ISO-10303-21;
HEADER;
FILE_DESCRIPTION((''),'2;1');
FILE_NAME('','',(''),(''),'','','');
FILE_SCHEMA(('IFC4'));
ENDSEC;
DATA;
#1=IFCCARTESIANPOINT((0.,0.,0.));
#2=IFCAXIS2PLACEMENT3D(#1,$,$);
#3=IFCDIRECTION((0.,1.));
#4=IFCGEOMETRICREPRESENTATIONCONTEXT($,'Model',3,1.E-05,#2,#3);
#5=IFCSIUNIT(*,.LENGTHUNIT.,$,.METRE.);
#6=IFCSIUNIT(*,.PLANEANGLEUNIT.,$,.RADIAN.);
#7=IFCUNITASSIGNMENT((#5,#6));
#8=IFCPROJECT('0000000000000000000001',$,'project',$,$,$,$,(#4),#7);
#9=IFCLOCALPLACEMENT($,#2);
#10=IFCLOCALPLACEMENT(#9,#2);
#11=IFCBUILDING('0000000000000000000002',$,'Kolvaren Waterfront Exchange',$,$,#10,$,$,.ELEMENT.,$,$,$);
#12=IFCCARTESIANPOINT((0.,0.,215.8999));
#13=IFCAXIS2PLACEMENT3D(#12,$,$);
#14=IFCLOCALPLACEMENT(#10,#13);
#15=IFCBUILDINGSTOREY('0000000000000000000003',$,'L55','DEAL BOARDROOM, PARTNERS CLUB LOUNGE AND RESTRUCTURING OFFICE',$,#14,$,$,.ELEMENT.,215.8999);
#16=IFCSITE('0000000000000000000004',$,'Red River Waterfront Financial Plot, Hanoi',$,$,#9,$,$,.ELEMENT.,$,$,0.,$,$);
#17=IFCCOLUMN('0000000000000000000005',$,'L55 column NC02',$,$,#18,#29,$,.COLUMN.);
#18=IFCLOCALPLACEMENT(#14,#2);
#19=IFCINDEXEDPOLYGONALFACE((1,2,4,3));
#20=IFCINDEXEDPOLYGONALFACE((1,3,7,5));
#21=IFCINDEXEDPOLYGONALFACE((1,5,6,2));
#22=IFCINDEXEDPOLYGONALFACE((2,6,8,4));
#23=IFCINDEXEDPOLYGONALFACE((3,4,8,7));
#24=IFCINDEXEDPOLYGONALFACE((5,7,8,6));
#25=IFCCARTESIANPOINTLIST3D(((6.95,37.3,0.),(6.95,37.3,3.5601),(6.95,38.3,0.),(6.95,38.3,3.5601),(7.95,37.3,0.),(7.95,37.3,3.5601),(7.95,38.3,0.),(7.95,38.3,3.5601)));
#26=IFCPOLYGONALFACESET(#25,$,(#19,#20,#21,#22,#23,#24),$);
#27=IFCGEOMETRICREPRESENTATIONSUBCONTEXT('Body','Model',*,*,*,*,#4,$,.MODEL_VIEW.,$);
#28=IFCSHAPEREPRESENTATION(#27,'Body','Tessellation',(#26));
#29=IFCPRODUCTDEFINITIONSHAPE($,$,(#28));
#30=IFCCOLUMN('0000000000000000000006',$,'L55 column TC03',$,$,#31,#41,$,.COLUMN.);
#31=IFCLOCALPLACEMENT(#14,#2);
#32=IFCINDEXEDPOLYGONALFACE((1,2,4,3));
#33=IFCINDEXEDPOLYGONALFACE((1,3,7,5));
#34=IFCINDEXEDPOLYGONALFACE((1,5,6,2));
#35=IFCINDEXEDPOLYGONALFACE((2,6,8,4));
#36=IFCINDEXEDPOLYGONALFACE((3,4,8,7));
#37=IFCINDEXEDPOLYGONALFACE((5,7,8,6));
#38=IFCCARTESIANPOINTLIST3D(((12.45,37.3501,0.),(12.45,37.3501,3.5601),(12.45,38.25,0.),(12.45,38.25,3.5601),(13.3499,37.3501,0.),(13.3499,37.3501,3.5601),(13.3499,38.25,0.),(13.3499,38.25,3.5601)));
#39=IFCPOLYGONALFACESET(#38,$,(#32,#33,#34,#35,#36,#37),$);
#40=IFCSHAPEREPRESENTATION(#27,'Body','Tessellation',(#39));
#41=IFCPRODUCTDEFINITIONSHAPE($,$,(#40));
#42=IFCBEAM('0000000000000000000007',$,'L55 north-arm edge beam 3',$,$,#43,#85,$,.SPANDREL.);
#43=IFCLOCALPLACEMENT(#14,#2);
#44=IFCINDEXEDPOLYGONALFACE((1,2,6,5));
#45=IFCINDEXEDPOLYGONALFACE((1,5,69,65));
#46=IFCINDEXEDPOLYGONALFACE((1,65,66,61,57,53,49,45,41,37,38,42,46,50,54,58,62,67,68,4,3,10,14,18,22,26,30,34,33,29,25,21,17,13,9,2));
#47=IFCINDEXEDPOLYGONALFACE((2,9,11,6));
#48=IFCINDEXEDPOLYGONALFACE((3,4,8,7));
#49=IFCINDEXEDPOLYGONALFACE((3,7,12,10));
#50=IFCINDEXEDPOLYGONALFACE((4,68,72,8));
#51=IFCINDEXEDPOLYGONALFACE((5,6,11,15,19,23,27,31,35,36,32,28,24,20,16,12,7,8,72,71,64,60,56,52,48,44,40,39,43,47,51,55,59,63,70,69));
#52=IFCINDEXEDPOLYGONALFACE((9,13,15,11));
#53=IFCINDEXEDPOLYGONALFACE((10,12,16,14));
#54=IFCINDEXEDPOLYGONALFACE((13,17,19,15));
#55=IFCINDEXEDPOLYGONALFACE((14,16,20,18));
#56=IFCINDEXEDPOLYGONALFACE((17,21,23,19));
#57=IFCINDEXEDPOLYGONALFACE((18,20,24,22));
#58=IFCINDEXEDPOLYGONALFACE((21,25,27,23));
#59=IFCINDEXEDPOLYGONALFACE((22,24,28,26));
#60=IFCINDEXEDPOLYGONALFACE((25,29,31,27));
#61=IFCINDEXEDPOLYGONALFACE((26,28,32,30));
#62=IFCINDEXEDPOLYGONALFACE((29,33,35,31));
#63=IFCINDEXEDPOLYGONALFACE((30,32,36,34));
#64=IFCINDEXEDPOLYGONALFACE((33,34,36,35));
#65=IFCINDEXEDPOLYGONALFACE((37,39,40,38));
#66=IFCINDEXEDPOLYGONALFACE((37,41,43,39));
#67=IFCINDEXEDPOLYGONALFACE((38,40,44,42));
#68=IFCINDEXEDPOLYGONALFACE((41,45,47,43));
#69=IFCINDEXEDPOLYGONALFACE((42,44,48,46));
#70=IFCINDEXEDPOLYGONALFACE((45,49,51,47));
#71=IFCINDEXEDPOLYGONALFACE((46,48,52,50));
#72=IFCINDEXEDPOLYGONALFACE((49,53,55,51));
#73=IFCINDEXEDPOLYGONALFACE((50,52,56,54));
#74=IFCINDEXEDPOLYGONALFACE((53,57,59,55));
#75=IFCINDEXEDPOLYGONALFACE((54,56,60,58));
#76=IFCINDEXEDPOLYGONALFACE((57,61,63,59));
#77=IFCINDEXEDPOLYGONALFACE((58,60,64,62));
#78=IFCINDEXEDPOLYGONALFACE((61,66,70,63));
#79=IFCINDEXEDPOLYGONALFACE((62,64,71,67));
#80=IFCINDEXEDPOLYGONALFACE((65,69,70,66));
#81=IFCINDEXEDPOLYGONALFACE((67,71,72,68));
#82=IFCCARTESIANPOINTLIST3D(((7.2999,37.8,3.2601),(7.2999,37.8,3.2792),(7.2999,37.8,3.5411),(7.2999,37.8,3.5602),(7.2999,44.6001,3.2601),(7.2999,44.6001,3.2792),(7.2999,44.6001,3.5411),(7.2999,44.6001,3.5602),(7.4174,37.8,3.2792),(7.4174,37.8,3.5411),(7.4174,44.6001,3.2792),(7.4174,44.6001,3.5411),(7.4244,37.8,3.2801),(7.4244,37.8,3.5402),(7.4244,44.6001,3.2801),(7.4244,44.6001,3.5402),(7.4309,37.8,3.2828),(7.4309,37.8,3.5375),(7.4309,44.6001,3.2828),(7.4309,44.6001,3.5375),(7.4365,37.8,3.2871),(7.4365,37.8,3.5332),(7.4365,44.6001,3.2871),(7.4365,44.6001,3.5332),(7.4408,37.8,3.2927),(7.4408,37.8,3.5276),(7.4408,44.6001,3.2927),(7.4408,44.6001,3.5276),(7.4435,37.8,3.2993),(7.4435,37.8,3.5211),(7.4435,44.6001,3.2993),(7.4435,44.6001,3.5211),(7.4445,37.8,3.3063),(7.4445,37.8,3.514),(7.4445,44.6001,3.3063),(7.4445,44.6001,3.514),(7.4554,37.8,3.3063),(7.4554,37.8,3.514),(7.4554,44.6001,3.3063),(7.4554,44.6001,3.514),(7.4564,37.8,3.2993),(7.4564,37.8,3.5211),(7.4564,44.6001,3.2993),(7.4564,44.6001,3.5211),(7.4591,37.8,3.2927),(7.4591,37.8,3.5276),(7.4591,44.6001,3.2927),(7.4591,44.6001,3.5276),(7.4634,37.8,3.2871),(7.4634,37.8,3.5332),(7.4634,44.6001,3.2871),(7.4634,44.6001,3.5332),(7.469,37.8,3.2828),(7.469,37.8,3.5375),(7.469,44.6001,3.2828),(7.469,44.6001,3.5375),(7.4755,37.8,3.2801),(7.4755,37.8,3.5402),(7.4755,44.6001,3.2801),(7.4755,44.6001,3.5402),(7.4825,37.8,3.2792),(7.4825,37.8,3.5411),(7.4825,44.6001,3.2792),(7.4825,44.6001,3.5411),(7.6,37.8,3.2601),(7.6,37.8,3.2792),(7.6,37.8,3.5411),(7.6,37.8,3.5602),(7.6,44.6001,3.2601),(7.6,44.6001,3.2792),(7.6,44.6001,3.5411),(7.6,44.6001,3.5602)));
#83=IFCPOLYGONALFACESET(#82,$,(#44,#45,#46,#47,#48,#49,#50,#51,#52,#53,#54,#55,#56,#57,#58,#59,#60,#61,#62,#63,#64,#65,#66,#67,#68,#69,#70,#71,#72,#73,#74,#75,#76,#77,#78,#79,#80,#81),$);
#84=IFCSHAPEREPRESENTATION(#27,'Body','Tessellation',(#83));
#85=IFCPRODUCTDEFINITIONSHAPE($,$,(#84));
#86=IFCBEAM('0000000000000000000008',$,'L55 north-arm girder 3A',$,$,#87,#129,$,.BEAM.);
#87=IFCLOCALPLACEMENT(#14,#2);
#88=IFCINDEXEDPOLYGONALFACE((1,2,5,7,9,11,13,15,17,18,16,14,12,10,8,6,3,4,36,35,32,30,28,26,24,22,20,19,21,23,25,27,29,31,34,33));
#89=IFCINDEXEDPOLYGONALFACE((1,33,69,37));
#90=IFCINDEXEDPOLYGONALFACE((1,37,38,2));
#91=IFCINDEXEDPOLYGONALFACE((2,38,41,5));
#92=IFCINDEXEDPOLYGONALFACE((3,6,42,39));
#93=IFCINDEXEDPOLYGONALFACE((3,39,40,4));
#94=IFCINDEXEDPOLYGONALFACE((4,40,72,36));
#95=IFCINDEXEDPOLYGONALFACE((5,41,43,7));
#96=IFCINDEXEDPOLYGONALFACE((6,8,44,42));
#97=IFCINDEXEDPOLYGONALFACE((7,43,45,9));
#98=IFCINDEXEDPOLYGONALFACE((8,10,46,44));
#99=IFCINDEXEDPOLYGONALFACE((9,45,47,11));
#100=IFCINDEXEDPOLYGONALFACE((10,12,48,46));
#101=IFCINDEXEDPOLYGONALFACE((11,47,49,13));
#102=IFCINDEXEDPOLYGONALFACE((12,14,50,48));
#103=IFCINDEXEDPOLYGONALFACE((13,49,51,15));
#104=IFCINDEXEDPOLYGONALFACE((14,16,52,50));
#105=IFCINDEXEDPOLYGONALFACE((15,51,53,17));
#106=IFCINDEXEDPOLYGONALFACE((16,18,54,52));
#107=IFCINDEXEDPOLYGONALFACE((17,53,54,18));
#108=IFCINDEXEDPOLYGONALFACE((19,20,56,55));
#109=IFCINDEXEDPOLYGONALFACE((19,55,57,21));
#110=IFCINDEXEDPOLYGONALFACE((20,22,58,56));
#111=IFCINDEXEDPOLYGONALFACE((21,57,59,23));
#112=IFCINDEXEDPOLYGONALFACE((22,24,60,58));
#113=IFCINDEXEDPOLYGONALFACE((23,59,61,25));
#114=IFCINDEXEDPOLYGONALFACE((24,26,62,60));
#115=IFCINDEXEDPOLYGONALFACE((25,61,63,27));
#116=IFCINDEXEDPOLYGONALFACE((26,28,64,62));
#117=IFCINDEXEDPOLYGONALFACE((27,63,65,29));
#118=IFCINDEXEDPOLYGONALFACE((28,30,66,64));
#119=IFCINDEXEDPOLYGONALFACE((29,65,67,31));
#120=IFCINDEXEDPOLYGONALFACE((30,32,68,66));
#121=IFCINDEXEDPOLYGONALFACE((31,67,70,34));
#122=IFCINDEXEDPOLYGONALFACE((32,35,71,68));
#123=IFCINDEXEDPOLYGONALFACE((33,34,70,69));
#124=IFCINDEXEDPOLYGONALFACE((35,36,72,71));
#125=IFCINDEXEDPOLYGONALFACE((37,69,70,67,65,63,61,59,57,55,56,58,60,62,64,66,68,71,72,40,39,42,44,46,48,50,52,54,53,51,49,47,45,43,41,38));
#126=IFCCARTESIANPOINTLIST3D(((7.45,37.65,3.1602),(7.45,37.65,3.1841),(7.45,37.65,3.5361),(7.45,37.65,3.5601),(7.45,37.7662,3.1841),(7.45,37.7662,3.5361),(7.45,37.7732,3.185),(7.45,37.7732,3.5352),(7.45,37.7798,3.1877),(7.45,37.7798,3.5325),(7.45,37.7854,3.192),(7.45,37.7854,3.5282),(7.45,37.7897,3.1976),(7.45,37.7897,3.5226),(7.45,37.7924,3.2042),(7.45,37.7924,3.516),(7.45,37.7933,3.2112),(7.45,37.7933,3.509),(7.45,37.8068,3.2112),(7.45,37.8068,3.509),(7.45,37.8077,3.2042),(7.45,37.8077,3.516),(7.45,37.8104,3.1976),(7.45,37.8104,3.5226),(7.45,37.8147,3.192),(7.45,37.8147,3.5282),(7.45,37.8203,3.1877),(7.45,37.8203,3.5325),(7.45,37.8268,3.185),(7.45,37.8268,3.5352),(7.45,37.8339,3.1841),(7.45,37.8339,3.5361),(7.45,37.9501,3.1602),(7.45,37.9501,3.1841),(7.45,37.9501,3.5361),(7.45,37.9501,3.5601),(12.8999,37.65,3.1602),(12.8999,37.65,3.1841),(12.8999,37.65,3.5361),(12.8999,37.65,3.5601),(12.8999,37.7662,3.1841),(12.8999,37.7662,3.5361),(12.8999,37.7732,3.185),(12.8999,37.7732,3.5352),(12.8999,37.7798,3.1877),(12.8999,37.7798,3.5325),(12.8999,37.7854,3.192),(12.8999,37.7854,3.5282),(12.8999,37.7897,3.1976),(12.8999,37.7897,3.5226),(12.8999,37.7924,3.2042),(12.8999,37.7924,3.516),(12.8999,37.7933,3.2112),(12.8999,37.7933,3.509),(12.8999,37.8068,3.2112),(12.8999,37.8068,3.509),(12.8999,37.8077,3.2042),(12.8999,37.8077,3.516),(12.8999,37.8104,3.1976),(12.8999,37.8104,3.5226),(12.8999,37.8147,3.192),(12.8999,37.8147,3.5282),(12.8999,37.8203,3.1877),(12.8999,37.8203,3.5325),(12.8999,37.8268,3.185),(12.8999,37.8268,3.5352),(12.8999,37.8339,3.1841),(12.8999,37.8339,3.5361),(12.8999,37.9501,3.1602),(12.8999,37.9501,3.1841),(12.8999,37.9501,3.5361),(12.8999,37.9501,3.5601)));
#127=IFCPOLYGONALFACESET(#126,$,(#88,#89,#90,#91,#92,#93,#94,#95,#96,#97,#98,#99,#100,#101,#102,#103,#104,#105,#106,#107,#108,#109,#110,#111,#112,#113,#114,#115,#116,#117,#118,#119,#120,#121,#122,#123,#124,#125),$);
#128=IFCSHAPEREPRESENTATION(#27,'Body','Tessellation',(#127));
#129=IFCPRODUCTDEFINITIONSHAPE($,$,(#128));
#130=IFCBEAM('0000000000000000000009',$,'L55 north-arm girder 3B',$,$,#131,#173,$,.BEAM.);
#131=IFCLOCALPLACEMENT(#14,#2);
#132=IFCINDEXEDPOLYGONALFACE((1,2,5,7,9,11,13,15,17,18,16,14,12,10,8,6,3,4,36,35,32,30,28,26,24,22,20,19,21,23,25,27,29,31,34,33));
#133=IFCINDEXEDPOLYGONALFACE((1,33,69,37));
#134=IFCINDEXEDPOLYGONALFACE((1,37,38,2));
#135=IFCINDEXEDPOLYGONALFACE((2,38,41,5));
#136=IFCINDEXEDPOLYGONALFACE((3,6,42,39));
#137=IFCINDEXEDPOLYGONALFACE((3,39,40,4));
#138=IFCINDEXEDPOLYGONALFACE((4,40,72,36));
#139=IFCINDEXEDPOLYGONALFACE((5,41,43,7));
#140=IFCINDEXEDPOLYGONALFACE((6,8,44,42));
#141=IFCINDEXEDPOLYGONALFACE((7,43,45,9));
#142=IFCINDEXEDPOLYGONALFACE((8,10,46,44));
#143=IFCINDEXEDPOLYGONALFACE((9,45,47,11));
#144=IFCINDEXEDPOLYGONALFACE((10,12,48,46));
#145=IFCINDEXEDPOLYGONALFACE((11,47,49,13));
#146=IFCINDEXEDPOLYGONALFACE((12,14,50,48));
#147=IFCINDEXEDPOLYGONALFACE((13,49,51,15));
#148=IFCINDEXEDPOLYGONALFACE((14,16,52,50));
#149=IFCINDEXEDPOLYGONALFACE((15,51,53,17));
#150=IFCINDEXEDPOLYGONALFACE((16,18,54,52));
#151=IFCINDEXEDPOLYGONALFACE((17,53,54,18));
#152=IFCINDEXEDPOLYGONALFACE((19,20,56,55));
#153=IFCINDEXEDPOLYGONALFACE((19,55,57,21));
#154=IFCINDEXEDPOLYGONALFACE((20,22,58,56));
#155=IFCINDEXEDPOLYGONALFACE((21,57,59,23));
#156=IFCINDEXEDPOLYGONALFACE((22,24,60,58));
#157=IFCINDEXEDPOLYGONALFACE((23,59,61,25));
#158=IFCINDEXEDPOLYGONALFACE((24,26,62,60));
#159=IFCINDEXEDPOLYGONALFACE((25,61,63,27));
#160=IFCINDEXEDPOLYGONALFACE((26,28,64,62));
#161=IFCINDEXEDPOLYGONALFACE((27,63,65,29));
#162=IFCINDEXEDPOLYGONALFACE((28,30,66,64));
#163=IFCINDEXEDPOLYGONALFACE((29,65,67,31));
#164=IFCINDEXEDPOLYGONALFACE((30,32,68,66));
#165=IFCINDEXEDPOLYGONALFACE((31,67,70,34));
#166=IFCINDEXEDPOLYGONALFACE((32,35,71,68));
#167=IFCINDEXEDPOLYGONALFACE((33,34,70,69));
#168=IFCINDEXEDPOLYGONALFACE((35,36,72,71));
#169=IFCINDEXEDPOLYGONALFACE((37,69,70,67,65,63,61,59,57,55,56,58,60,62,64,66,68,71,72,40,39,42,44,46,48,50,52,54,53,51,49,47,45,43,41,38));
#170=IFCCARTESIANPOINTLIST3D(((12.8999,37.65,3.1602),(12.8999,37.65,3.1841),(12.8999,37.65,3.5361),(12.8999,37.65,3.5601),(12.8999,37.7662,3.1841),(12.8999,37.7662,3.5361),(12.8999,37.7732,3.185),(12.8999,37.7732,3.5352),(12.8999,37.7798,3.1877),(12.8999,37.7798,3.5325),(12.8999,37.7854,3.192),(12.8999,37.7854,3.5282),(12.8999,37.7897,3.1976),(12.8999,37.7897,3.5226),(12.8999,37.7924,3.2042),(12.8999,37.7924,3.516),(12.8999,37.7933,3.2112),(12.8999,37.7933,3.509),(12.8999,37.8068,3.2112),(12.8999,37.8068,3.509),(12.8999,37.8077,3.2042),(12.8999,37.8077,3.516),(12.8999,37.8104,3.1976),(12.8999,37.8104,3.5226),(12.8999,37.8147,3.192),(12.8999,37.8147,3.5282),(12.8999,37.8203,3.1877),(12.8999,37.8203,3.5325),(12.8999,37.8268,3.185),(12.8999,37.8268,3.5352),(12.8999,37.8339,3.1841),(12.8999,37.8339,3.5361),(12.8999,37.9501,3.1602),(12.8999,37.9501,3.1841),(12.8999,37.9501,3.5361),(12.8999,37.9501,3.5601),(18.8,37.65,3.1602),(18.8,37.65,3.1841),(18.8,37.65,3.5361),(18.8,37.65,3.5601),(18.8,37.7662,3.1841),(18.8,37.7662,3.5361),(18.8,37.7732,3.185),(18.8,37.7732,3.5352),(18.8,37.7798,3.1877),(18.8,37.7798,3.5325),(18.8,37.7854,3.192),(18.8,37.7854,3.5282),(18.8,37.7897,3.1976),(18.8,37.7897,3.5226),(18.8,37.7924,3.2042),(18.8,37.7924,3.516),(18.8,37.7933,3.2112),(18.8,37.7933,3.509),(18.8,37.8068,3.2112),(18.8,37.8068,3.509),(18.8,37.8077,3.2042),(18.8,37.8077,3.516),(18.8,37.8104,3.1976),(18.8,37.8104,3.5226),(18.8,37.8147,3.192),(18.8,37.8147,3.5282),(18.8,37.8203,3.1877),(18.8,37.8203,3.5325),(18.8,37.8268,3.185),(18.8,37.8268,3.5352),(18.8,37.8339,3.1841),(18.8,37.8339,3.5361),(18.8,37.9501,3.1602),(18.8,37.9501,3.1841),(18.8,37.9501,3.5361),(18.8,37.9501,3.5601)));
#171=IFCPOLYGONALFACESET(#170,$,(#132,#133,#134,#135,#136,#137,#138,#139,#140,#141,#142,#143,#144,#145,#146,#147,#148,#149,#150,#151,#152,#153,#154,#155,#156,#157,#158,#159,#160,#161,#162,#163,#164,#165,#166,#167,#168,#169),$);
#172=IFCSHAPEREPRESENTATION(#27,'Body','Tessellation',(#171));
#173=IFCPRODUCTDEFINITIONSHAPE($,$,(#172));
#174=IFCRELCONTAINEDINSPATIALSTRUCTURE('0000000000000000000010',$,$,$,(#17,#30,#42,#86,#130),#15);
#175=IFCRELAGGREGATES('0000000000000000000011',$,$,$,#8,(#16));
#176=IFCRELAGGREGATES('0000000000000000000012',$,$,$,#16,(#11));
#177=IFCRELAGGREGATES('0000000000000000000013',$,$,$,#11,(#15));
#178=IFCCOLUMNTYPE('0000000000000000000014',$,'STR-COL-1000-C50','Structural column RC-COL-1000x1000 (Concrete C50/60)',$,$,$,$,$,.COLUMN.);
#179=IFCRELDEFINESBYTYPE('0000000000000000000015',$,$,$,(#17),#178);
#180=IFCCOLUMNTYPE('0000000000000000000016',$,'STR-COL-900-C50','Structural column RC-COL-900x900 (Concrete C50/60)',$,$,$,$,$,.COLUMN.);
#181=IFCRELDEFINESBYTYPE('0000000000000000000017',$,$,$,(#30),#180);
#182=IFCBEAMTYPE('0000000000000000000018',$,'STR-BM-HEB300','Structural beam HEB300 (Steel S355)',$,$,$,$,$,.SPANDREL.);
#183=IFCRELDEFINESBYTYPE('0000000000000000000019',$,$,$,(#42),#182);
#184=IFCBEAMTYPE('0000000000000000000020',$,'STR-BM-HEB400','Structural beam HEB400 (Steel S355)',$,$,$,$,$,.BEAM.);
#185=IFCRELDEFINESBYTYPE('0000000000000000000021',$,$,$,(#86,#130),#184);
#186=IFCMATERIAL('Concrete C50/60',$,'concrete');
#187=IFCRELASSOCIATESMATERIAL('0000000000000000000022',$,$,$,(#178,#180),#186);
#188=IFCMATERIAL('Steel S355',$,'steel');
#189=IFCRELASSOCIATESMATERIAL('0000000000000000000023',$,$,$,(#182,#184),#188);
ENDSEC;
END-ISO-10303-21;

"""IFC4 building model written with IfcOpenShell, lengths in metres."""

from ifc_helpers import new_model, si_unit, direction, frame, origin, origin_2d, place, context, subcontext, project, spatial, rectangle, i_section, extrude, material, material_profile, profile_set, type_object, element, save


model = new_model("IFC4")

# Units and contexts
model_context = context("Model", 3, precision=1e-05, world=origin(), true_north=direction((0.0, 1.0)))
body_context = subcontext(model_context, "Body", "Model", "MODEL_VIEW")
ifc_project = project(units=[si_unit("LENGTHUNIT", "METRE"), si_unit("PLANEANGLEUNIT", "RADIAN")], contexts=[model_context])

# Site, building, storey
site_placement = place(None, origin())
site = spatial("IfcSite", under=ifc_project, at=site_placement, Name="Red River Waterfront Financial Plot, Hanoi", CompositionType="ELEMENT", RefElevation=0.0)
building_placement = place(site_placement, origin())
building = spatial("IfcBuilding", under=site, at=building_placement, Name="Kolvaren Waterfront Exchange", CompositionType="ELEMENT")
storey_placement = place(building_placement, frame((0.0, 0.0, 215.8999)))
storey = spatial("IfcBuildingStorey", under=building, at=storey_placement, Name="L55", Description="DEAL BOARDROOM, PARTNERS CLUB LOUNGE AND RESTRUCTURING OFFICE", CompositionType="ELEMENT", Elevation=215.8999)

# Columns
ifc_material_1 = material(Name="Concrete C50/60", Category="concrete")
ifc_material_profile_1 = material_profile(ifc_material_1, rectangle(XDim=1.0, YDim=1.0, at=origin_2d()), Name="RC-COL-1000x1000")
ifc_profile_set_1 = profile_set([ifc_material_profile_1], Name="Concrete C50/60")
column_type_1 = type_object("IfcColumnType", Name="STR-COL-1000-C50", Description="Structural column RC-COL-1000x1000 (Concrete C50/60)", PredefinedType="COLUMN", material=ifc_profile_set_1)
column_1_placement = place(storey_placement, frame((7.45, 37.8, 0.0), z_axis=(0.0, 0.0, 1.0), x_axis=(1.0, 0.0, 0.0)))
element("IfcColumn", 1, at=column_1_placement, inside=storey, type_object=column_type_1, Name="L55 column NC02", PredefinedType="COLUMN", context=body_context, shape_type="SweptSolid", body=[
    extrude(rectangle(XDim=1.0, YDim=1.0, at=origin_2d()), origin(), (0.0, 0.0, 1.0), 3.5601),
])
ifc_material_profile_2 = material_profile(ifc_material_1, rectangle(XDim=0.8999, YDim=0.8999, at=origin_2d()), Name="RC-COL-900x900")
ifc_profile_set_2 = profile_set([ifc_material_profile_2], Name="Concrete C50/60")
column_type_2 = type_object("IfcColumnType", Name="STR-COL-900-C50", Description="Structural column RC-COL-900x900 (Concrete C50/60)", PredefinedType="COLUMN", material=ifc_profile_set_2)
column_2_placement = place(storey_placement, frame((12.8999, 37.8, 0.0), z_axis=(0.0, 0.0, 1.0), x_axis=(1.0, 0.0, 0.0)))
element("IfcColumn", 2, at=column_2_placement, inside=storey, type_object=column_type_2, Name="L55 column TC03", PredefinedType="COLUMN", context=body_context, shape_type="SweptSolid", body=[
    extrude(rectangle(XDim=0.8999, YDim=0.8999, at=origin_2d()), origin(), (0.0, 0.0, 1.0), 3.5601),
])

# Beams
ifc_material_2 = material(Name="Steel S355", Category="steel")
ifc_material_profile_3 = material_profile(ifc_material_2, i_section(OverallWidth=0.3, OverallDepth=0.3, WebThickness=0.011, FlangeThickness=0.019, FilletRadius=0.0271, at=origin_2d()), Name="HEB300")
ifc_profile_set_3 = profile_set([ifc_material_profile_3], Name="Steel S355")
beam_type_1 = type_object("IfcBeamType", Name="STR-BM-HEB300", Description="Structural beam HEB300 (Steel S355)", PredefinedType="SPANDREL", material=ifc_profile_set_3)
beam_1_placement = place(storey_placement, frame((7.45, 37.8, 3.4102), z_axis=(0.0, 1.0, 0.0), x_axis=(-1.0, 0.0, 0.0)))
element("IfcBeam", 3, at=beam_1_placement, inside=storey, type_object=beam_type_1, Name="L55 north-arm edge beam 3", PredefinedType="SPANDREL", context=body_context, shape_type="SweptSolid", body=[
    extrude(i_section(OverallWidth=0.3, OverallDepth=0.3, WebThickness=0.011, FlangeThickness=0.019, FilletRadius=0.0271, at=origin_2d()), origin(), (0.0, 0.0, 1.0), 6.8),
])
ifc_material_profile_4 = material_profile(ifc_material_2, i_section(OverallWidth=0.3, OverallDepth=0.3999, WebThickness=0.0134, FlangeThickness=0.0239, FilletRadius=0.0271, at=origin_2d()), Name="HEB400")
ifc_profile_set_4 = profile_set([ifc_material_profile_4], Name="Steel S355")
beam_type_2 = type_object("IfcBeamType", Name="STR-BM-HEB400", Description="Structural beam HEB400 (Steel S355)", PredefinedType="BEAM", material=ifc_profile_set_4)
beam_2_placement = place(storey_placement, frame((7.45, 37.8, 3.3601), z_axis=(1.0, 0.0, 0.0), x_axis=(0.0, 1.0, 0.0)))
element("IfcBeam", 4, at=beam_2_placement, inside=storey, type_object=beam_type_2, Name="L55 north-arm girder 3A", PredefinedType="BEAM", context=body_context, shape_type="SweptSolid", body=[
    extrude(i_section(OverallWidth=0.3, OverallDepth=0.3999, WebThickness=0.0134, FlangeThickness=0.0239, FilletRadius=0.0271, at=origin_2d()), origin(), (0.0, 0.0, 1.0), 5.45),
])
beam_3_placement = place(storey_placement, frame((12.8999, 37.8, 3.3601), z_axis=(1.0, 0.0, 0.0), x_axis=(0.0, 1.0, 0.0)))
element("IfcBeam", 5, at=beam_3_placement, inside=storey, type_object=beam_type_2, Name="L55 north-arm girder 3B", PredefinedType="BEAM", context=body_context, shape_type="SweptSolid", body=[
    extrude(i_section(OverallWidth=0.3, OverallDepth=0.3999, WebThickness=0.0134, FlangeThickness=0.0239, FilletRadius=0.0271, at=origin_2d()), origin(), (0.0, 0.0, 1.0), 5.9001),
])

save(model, "model.ifc")
